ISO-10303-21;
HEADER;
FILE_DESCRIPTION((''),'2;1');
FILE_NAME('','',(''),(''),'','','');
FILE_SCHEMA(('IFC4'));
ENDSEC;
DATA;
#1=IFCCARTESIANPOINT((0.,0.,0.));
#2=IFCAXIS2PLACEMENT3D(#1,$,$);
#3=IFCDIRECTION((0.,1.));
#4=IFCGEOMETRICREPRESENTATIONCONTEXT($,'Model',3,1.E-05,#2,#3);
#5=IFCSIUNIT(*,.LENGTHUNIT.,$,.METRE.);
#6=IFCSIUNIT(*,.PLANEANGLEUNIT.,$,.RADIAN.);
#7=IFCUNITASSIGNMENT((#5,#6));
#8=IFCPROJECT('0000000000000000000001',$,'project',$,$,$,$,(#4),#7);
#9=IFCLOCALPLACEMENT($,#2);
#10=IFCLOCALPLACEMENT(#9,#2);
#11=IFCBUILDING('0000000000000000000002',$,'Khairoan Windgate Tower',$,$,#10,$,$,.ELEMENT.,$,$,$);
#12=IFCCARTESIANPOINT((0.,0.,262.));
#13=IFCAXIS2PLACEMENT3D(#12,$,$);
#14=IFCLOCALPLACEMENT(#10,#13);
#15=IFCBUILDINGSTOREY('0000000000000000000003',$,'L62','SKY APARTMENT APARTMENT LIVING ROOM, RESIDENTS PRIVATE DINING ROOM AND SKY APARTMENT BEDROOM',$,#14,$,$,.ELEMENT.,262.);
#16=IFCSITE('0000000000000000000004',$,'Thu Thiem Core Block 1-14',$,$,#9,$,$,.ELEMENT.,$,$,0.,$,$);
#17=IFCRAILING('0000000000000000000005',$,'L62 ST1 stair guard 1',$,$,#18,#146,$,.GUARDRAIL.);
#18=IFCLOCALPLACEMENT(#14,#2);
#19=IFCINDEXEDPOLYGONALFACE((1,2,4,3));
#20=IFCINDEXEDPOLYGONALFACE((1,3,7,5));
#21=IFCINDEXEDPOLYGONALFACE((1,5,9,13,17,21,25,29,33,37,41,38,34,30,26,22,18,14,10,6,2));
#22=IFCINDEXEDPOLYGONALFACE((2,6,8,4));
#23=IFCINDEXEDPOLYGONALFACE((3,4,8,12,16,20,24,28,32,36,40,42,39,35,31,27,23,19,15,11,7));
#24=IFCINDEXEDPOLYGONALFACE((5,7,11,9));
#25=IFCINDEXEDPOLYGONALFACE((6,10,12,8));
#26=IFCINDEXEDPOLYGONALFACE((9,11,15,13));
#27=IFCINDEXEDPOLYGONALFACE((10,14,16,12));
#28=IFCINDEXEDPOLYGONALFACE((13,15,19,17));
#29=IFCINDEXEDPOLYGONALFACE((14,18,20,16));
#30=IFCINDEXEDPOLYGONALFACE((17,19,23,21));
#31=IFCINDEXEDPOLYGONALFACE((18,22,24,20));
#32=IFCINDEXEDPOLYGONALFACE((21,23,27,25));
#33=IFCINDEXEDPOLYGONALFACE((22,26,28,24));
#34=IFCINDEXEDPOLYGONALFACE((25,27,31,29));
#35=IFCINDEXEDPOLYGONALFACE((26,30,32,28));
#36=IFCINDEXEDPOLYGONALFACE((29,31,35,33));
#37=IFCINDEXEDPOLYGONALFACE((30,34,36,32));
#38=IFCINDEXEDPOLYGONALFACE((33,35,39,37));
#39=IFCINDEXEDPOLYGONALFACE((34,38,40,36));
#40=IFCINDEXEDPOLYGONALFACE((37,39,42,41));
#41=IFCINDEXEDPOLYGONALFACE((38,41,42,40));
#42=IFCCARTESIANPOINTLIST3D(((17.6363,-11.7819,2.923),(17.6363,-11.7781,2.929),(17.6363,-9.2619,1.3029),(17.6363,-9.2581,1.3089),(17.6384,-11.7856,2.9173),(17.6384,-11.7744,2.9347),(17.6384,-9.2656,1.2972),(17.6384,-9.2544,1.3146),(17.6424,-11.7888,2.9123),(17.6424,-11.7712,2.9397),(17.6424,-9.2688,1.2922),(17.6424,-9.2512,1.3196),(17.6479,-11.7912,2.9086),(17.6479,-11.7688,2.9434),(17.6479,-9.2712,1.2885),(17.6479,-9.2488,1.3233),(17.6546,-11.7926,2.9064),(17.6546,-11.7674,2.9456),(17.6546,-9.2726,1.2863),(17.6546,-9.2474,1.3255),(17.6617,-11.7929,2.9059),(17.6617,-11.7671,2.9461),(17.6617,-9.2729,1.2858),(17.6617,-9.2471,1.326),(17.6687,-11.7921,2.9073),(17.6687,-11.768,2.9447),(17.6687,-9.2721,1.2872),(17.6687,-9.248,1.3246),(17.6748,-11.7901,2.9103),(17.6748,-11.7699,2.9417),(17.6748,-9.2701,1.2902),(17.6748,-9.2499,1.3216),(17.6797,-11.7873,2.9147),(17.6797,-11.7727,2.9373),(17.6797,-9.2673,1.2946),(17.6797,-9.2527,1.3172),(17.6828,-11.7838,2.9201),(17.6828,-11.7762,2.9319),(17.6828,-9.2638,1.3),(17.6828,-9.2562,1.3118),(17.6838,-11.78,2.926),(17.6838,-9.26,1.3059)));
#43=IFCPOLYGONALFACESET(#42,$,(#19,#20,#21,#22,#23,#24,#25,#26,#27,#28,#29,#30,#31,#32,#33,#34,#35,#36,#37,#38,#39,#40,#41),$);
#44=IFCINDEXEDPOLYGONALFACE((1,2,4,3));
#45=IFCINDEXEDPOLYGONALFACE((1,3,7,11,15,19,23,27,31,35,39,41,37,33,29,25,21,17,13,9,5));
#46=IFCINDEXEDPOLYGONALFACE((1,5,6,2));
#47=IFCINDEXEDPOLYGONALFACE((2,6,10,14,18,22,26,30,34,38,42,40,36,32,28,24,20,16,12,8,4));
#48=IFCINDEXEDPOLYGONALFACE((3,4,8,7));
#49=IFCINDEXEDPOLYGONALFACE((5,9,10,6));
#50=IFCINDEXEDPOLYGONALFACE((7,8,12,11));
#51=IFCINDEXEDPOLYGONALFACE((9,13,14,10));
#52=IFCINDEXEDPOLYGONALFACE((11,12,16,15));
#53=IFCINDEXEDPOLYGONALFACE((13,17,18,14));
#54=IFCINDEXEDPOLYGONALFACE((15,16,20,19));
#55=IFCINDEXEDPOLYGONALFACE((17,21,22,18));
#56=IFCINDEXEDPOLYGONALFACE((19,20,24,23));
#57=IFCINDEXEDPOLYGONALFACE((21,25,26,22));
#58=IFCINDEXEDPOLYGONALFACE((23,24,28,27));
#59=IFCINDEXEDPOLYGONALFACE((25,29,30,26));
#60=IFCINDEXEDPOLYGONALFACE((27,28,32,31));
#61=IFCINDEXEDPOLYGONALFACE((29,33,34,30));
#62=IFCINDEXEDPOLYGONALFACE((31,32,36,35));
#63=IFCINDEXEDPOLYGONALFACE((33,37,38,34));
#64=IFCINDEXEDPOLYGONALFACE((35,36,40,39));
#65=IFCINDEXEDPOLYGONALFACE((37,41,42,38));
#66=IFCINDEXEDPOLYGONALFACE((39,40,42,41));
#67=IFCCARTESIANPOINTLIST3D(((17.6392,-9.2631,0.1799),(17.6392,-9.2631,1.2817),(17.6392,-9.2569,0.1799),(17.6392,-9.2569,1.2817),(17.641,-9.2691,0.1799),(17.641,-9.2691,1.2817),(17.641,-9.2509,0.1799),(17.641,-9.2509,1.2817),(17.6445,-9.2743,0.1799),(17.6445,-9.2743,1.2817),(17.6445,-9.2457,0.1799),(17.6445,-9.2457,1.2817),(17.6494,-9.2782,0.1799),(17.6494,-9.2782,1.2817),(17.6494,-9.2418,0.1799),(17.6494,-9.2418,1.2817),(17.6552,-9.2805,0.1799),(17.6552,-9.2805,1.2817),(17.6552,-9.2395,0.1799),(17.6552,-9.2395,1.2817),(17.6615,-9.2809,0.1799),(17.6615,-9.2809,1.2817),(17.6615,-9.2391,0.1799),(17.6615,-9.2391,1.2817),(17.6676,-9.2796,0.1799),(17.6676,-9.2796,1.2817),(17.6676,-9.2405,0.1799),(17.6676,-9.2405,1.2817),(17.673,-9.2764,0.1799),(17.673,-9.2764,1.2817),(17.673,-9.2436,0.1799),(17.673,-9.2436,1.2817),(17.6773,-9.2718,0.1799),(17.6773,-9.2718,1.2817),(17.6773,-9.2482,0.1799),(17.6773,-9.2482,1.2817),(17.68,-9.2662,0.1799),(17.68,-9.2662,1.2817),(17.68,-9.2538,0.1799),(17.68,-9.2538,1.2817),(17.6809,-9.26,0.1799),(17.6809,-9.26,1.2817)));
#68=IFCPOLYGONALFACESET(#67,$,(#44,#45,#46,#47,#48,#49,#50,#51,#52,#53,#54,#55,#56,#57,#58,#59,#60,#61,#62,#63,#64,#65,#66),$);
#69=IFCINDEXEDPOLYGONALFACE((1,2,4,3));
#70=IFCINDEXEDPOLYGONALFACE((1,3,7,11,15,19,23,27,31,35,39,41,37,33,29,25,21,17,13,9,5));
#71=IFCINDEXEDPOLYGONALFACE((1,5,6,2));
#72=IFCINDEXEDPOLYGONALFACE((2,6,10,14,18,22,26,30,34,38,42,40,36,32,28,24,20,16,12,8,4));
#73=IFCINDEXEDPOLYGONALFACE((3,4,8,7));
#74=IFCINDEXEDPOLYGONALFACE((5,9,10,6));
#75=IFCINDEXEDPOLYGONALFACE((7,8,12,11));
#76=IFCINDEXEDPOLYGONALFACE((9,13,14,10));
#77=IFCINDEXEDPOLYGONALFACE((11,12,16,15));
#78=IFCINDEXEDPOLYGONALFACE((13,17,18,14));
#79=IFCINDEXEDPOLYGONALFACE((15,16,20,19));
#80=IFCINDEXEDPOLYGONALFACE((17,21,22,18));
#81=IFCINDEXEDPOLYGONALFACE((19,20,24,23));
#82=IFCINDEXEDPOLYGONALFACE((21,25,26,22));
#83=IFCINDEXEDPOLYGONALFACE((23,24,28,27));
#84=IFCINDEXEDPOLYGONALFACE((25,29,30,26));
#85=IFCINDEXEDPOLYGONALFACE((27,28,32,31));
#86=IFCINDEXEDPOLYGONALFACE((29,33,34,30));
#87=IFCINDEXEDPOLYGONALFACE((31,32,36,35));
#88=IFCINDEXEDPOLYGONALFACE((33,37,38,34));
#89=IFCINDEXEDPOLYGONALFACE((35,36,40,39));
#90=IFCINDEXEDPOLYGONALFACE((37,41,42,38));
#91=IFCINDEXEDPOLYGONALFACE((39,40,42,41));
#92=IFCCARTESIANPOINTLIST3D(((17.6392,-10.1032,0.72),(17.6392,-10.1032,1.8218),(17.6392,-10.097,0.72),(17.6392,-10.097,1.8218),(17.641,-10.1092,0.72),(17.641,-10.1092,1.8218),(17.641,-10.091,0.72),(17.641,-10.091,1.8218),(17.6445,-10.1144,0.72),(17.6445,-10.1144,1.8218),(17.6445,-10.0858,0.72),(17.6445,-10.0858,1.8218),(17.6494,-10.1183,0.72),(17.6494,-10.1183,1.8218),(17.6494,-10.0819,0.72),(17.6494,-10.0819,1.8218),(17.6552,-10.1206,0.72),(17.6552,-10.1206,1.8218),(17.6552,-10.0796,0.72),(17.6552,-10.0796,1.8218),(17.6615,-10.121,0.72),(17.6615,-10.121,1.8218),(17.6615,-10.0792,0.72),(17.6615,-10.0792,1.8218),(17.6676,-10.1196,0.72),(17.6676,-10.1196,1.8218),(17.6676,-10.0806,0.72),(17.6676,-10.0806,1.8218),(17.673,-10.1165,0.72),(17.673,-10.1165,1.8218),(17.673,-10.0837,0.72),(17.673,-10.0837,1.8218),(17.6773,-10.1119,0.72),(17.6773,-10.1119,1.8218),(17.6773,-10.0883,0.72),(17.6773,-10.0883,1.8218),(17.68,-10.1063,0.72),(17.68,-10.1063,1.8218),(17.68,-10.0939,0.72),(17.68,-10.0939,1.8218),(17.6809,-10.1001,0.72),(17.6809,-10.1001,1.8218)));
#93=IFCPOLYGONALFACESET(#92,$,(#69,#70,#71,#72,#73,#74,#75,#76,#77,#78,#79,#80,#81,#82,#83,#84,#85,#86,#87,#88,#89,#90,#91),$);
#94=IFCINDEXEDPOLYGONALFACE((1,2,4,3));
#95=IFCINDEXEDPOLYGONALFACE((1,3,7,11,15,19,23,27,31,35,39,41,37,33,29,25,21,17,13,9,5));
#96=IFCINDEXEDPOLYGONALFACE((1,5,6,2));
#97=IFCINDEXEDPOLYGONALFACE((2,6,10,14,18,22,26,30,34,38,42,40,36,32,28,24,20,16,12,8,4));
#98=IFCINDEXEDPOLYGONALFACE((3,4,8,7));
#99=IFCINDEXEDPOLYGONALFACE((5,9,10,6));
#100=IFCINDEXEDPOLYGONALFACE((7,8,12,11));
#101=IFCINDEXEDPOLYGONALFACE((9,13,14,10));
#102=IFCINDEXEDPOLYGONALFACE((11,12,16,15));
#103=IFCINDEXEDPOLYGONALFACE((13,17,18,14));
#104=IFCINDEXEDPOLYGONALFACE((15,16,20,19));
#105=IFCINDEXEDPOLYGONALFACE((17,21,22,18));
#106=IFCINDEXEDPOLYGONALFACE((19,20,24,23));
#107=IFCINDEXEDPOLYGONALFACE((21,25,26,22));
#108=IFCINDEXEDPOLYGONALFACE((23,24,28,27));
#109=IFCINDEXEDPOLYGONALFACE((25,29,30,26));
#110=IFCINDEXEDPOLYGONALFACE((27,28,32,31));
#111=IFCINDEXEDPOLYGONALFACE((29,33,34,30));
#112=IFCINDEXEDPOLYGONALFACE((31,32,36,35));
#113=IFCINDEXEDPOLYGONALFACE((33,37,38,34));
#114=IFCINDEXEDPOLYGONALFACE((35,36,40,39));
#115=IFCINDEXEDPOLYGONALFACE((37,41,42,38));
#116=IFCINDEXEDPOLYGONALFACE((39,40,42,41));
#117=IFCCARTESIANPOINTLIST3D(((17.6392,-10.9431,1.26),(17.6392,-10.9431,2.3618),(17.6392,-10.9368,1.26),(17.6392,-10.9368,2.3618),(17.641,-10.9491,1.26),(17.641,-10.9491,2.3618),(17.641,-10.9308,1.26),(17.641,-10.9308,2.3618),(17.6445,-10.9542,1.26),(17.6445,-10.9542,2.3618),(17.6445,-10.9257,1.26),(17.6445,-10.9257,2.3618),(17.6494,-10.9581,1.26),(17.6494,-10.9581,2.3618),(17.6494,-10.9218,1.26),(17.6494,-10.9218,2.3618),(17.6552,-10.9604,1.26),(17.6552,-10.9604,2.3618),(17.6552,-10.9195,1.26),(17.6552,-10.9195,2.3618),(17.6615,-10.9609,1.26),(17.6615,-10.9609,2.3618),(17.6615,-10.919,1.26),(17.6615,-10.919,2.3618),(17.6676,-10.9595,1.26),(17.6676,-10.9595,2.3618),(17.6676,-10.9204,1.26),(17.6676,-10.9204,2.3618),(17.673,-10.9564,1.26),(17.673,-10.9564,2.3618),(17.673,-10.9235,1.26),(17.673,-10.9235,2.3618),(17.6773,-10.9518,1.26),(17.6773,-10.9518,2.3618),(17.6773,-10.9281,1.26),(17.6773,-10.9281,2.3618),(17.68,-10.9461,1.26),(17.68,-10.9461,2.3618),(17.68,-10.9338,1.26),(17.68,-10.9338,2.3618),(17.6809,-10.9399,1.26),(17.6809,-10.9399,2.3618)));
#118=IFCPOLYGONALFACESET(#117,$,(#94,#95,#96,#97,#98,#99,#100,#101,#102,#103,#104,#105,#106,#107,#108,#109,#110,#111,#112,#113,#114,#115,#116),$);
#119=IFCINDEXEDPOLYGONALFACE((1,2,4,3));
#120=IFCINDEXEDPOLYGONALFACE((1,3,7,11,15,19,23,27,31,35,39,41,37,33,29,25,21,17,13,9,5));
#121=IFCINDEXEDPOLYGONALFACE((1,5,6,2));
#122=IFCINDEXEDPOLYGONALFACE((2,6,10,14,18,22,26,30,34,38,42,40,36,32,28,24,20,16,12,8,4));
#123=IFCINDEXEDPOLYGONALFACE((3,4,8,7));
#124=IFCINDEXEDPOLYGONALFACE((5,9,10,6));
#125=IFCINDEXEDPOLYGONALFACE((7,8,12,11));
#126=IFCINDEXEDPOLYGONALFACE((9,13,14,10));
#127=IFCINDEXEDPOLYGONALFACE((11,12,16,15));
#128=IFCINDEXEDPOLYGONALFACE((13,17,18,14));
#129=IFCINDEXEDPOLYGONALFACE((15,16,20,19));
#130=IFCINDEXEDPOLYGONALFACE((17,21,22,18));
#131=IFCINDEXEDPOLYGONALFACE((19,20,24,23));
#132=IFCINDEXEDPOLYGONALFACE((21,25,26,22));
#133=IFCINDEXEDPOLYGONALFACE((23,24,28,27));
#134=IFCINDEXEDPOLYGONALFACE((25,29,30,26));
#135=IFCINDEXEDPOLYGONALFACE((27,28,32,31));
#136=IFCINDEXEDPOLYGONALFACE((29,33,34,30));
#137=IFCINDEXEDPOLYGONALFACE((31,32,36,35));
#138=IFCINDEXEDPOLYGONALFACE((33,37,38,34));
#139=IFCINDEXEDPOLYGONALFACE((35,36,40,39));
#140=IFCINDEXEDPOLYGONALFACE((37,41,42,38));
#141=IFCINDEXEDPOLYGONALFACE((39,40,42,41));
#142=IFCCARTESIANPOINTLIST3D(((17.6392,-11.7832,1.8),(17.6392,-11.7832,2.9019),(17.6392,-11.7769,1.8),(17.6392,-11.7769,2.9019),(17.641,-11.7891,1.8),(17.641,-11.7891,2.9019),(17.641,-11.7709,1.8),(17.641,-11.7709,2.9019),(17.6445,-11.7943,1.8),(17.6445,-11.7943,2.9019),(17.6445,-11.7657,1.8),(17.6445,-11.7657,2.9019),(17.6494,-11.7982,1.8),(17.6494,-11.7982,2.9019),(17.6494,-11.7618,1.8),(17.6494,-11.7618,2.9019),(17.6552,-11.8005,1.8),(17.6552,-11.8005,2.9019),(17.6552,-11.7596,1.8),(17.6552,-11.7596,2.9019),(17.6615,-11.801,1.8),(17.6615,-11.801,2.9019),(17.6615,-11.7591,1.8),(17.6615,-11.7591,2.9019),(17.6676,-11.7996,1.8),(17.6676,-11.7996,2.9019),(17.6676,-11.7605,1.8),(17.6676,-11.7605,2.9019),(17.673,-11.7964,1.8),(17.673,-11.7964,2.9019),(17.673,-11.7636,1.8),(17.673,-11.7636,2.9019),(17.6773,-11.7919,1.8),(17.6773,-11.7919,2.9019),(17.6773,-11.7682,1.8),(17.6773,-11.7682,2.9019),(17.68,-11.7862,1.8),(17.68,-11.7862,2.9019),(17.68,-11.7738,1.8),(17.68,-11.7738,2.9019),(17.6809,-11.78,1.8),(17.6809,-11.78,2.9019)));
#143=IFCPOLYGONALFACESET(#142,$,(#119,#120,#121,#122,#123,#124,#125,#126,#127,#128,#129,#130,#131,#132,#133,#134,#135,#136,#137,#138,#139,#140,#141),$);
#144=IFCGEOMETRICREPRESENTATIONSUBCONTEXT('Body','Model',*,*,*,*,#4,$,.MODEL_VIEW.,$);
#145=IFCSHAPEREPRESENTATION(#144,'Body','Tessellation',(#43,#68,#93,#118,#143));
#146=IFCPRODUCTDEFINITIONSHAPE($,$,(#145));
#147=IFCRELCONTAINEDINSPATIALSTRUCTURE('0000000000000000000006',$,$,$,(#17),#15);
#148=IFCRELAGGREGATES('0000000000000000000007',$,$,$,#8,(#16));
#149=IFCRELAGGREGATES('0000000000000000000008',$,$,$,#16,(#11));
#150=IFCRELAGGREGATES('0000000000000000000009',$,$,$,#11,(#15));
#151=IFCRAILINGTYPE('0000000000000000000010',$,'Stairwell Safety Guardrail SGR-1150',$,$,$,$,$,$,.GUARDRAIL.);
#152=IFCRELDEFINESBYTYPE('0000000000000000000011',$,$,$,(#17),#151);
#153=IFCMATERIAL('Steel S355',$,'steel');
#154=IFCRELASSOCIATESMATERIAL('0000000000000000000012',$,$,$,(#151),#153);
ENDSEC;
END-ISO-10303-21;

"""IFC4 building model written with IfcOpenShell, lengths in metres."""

from ifc_helpers import new_model, si_unit, direction, frame, origin, origin_2d, place, context, subcontext, project, spatial, circle, extrude, material, type_object, element, save


model = new_model("IFC4")

# Units and contexts
model_context = context("Model", 3, precision=1e-05, world=origin(), true_north=direction((0.0, 1.0)))
body_context = subcontext(model_context, "Body", "Model", "MODEL_VIEW")
ifc_project = project(units=[si_unit("LENGTHUNIT", "METRE"), si_unit("PLANEANGLEUNIT", "RADIAN")], contexts=[model_context])

# Site, building, storey
site_placement = place(None, origin())
site = spatial("IfcSite", under=ifc_project, at=site_placement, Name="Thu Thiem Core Block 1-14", CompositionType="ELEMENT", RefElevation=0.0)
building_placement = place(site_placement, origin())
building = spatial("IfcBuilding", under=site, at=building_placement, Name="Khairoan Windgate Tower", CompositionType="ELEMENT")
storey_placement = place(building_placement, frame((0.0, 0.0, 262.0)))
storey = spatial("IfcBuildingStorey", under=building, at=storey_placement, Name="L62", Description="SKY APARTMENT APARTMENT LIVING ROOM, RESIDENTS PRIVATE DINING ROOM AND SKY APARTMENT BEDROOM", CompositionType="ELEMENT", Elevation=262.0)

# Railing
ifc_material_1 = material(Name="Steel S355", Category="steel")
railing_type_1 = type_object("IfcRailingType", Name="Stairwell Safety Guardrail SGR-1150", PredefinedType="GUARDRAIL", material=ifc_material_1)
railing_1_placement = place(storey_placement, frame((17.6599, -9.26, 0.1799)))
element("IfcRailing", 1, at=railing_1_placement, inside=storey, type_object=railing_type_1, Name="L62 ST1 stair guard 1", PredefinedType="GUARDRAIL", context=body_context, shape_type="SweptSolid", body=[
    extrude(circle(Radius=0.0239, at=origin_2d()), frame((0.0, 0.0, 1.126), z_axis=(0.0, -0.841163, 0.540782), x_axis=(1.0, 0.0, 0.0)), (0.0, 0.0, 1.0), 2.9958),
    extrude(circle(Radius=0.021, at=origin_2d()), origin(), (0.0, 0.0, 1.0), 1.1018),
    extrude(circle(Radius=0.021, at=origin_2d()), frame((0.0, -0.8401, 0.54)), (0.0, 0.0, 1.0), 1.1018),
    extrude(circle(Radius=0.021, at=origin_2d()), frame((0.0, -1.6799, 1.0801)), (0.0, 0.0, 1.0), 1.1018),
    extrude(circle(Radius=0.021, at=origin_2d()), frame((0.0, -2.52, 1.6201)), (0.0, 0.0, 1.0), 1.1018),
])

save(model, "model.ifc")
